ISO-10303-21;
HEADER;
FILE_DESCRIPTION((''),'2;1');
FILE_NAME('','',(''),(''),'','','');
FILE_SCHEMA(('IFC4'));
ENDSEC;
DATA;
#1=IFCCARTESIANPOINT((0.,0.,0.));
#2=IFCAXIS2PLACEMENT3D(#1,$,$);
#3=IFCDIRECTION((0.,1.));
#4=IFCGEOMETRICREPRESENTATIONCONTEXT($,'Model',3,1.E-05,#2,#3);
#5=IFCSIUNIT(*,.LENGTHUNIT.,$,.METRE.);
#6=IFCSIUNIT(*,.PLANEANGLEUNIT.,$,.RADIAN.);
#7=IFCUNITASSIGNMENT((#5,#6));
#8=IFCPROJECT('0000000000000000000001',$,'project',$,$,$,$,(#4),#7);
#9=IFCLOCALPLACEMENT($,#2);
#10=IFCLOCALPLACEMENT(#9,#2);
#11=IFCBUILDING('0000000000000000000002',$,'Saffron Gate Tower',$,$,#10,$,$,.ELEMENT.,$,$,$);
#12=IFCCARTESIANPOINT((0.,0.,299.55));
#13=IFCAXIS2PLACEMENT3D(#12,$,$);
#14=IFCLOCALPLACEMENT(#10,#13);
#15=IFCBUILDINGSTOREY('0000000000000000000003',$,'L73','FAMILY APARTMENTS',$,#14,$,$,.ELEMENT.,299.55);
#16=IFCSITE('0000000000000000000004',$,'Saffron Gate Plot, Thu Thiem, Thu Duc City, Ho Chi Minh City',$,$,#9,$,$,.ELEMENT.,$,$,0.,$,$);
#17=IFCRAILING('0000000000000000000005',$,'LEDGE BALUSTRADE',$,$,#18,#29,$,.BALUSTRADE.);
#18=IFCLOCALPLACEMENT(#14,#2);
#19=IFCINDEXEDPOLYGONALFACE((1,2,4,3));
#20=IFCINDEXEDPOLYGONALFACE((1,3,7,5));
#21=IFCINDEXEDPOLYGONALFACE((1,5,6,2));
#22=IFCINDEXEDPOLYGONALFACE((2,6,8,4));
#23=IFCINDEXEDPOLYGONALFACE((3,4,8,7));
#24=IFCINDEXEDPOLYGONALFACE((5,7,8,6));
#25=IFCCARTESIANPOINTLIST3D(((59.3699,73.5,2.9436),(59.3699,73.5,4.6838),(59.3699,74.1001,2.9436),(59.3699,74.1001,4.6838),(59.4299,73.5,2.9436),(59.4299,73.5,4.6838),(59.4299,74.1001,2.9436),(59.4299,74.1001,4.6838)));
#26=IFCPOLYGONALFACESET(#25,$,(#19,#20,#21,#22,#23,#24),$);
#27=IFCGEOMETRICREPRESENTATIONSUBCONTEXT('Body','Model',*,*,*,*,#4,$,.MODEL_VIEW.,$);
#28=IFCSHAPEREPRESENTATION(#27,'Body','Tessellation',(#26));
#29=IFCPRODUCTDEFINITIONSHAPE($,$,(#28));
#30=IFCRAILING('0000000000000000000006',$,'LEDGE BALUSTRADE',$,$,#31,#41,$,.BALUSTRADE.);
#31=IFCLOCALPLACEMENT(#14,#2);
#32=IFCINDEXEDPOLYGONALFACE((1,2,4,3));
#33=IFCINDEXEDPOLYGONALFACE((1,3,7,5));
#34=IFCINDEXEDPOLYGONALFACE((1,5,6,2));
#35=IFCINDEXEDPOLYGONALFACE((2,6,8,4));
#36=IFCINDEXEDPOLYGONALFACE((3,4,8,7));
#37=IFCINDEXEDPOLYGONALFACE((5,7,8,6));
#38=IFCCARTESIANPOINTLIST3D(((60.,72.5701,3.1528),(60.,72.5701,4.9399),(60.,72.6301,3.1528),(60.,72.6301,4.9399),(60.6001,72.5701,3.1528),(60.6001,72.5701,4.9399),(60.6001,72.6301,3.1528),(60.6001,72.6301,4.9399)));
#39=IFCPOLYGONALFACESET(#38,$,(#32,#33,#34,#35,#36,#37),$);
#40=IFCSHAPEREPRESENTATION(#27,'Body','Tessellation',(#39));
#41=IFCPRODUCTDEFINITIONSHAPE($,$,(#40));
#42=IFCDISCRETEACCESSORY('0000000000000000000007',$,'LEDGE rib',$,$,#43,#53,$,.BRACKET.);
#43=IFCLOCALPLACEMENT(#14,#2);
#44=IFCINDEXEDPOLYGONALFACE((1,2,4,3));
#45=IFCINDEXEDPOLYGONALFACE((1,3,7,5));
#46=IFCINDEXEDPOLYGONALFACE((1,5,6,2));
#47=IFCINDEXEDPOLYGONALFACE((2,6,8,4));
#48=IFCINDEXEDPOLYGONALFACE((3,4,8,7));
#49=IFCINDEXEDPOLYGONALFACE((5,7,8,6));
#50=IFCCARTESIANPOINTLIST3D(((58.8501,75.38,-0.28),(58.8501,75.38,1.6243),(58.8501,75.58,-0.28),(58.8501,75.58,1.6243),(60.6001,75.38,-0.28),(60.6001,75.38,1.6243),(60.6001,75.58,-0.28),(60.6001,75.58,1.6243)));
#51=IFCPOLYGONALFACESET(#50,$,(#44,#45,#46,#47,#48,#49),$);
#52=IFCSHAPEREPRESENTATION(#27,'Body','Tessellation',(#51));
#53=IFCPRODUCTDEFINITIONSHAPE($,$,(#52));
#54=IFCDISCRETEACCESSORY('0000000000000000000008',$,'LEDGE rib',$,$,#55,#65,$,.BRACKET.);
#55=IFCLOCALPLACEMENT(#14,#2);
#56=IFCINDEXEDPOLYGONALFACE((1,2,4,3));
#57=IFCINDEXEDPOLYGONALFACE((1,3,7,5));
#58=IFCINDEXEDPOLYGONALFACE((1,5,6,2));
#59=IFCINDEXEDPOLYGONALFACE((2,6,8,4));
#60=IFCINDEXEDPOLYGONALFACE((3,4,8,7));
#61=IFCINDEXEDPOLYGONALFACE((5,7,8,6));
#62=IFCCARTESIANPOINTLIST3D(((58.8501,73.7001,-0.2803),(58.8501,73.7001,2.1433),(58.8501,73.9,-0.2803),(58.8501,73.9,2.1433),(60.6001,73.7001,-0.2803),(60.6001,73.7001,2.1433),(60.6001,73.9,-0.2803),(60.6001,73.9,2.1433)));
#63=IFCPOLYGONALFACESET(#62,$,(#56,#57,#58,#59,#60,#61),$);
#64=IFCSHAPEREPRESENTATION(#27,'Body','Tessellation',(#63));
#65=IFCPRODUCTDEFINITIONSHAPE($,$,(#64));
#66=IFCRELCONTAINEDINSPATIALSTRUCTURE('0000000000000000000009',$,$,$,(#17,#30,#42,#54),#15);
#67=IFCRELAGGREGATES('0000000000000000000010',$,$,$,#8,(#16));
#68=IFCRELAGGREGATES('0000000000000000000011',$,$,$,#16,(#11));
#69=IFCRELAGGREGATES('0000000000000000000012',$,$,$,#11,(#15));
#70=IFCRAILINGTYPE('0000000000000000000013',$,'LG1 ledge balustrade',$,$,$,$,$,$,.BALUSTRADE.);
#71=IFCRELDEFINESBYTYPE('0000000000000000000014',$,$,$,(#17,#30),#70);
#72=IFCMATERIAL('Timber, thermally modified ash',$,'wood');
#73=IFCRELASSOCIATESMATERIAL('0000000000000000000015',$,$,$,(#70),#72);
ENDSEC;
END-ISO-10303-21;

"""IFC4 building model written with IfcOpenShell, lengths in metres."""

from ifc_helpers import new_model, si_unit, direction, frame, origin, origin_2d, place, context, subcontext, project, spatial, rectangle, extrude, material, type_object, element, save


model = new_model("IFC4")

# Units and contexts
model_context = context("Model", 3, precision=1e-05, world=origin(), true_north=direction((0.0, 1.0)))
body_context = subcontext(model_context, "Body", "Model", "MODEL_VIEW")
ifc_project = project(units=[si_unit("LENGTHUNIT", "METRE"), si_unit("PLANEANGLEUNIT", "RADIAN")], contexts=[model_context])

# Site, building, storey
site_placement = place(None, origin())
site = spatial("IfcSite", under=ifc_project, at=site_placement, Name="Saffron Gate Plot, Thu Thiem, Thu Duc City, Ho Chi Minh City", CompositionType="ELEMENT", RefElevation=0.0)
building_placement = place(site_placement, origin())
building = spatial("IfcBuilding", under=site, at=building_placement, Name="Saffron Gate Tower", CompositionType="ELEMENT")
storey_placement = place(building_placement, frame((0.0, 0.0, 299.55)))
storey = spatial("IfcBuildingStorey", under=building, at=storey_placement, Name="L73", Description="FAMILY APARTMENTS", CompositionType="ELEMENT", Elevation=299.55)

# Shared definitions
ifc_material_1 = material(Name="Timber, thermally modified ash", Category="wood")

# Railings
railing_type = type_object("IfcRailingType", Name="LG1 ledge balustrade", PredefinedType="BALUSTRADE", material=ifc_material_1)
railing_1_placement = place(storey_placement, frame((59.3999, 74.1001, 2.9436)))
element("IfcRailing", 1, at=railing_1_placement, inside=storey, type_object=railing_type, Name="LEDGE BALUSTRADE", PredefinedType="BALUSTRADE", context=body_context, shape_type="SweptSolid", body=[
    extrude(rectangle(XDim=0.0601, YDim=1.7402, at=origin_2d()), frame((0.0, 0.0, 0.8701), z_axis=(0.0, -1.0, 0.0), x_axis=(1.0, 0.0, 0.0)), (0.0, 0.0, 1.0), 0.6001),
])
railing_2_placement = place(storey_placement, frame((60.6001, 72.6001, 3.1528)))
element("IfcRailing", 2, at=railing_2_placement, inside=storey, type_object=railing_type, Name="LEDGE BALUSTRADE", PredefinedType="BALUSTRADE", context=body_context, shape_type="SweptSolid", body=[
    extrude(rectangle(XDim=0.0601, YDim=1.7871, at=origin_2d()), frame((0.0, 0.0, 0.8936), z_axis=(-1.0, 0.0, 0.0), x_axis=(0.0, -1.0, 0.0)), (0.0, 0.0, 1.0), 0.6001),
])

# Discrete accessories
discrete_accessory_1_placement = place(storey_placement, frame((59.7251, 75.48, -0.28), z_axis=(0.0, 0.0, 1.0), x_axis=(0.0, -1.0, 0.0)))
element("IfcDiscreteAccessory", 3, at=discrete_accessory_1_placement, inside=storey, Name="LEDGE rib", PredefinedType="BRACKET", context=body_context, shape_type="SweptSolid", body=[
    extrude(rectangle(XDim=0.2, YDim=1.75, at=origin_2d()), origin(), (0.0, 0.0, 1.0), 1.9043),
])
discrete_accessory_2_placement = place(storey_placement, frame((59.7251, 73.8, -0.2803), z_axis=(0.0, 0.0, 1.0), x_axis=(0.0, -1.0, 0.0)))
element("IfcDiscreteAccessory", 4, at=discrete_accessory_2_placement, inside=storey, Name="LEDGE rib", PredefinedType="BRACKET", context=body_context, shape_type="SweptSolid", body=[
    extrude(rectangle(XDim=0.2, YDim=1.75, at=origin_2d()), origin(), (0.0, 0.0, 1.0), 2.4236),
])

save(model, "model.ifc")
